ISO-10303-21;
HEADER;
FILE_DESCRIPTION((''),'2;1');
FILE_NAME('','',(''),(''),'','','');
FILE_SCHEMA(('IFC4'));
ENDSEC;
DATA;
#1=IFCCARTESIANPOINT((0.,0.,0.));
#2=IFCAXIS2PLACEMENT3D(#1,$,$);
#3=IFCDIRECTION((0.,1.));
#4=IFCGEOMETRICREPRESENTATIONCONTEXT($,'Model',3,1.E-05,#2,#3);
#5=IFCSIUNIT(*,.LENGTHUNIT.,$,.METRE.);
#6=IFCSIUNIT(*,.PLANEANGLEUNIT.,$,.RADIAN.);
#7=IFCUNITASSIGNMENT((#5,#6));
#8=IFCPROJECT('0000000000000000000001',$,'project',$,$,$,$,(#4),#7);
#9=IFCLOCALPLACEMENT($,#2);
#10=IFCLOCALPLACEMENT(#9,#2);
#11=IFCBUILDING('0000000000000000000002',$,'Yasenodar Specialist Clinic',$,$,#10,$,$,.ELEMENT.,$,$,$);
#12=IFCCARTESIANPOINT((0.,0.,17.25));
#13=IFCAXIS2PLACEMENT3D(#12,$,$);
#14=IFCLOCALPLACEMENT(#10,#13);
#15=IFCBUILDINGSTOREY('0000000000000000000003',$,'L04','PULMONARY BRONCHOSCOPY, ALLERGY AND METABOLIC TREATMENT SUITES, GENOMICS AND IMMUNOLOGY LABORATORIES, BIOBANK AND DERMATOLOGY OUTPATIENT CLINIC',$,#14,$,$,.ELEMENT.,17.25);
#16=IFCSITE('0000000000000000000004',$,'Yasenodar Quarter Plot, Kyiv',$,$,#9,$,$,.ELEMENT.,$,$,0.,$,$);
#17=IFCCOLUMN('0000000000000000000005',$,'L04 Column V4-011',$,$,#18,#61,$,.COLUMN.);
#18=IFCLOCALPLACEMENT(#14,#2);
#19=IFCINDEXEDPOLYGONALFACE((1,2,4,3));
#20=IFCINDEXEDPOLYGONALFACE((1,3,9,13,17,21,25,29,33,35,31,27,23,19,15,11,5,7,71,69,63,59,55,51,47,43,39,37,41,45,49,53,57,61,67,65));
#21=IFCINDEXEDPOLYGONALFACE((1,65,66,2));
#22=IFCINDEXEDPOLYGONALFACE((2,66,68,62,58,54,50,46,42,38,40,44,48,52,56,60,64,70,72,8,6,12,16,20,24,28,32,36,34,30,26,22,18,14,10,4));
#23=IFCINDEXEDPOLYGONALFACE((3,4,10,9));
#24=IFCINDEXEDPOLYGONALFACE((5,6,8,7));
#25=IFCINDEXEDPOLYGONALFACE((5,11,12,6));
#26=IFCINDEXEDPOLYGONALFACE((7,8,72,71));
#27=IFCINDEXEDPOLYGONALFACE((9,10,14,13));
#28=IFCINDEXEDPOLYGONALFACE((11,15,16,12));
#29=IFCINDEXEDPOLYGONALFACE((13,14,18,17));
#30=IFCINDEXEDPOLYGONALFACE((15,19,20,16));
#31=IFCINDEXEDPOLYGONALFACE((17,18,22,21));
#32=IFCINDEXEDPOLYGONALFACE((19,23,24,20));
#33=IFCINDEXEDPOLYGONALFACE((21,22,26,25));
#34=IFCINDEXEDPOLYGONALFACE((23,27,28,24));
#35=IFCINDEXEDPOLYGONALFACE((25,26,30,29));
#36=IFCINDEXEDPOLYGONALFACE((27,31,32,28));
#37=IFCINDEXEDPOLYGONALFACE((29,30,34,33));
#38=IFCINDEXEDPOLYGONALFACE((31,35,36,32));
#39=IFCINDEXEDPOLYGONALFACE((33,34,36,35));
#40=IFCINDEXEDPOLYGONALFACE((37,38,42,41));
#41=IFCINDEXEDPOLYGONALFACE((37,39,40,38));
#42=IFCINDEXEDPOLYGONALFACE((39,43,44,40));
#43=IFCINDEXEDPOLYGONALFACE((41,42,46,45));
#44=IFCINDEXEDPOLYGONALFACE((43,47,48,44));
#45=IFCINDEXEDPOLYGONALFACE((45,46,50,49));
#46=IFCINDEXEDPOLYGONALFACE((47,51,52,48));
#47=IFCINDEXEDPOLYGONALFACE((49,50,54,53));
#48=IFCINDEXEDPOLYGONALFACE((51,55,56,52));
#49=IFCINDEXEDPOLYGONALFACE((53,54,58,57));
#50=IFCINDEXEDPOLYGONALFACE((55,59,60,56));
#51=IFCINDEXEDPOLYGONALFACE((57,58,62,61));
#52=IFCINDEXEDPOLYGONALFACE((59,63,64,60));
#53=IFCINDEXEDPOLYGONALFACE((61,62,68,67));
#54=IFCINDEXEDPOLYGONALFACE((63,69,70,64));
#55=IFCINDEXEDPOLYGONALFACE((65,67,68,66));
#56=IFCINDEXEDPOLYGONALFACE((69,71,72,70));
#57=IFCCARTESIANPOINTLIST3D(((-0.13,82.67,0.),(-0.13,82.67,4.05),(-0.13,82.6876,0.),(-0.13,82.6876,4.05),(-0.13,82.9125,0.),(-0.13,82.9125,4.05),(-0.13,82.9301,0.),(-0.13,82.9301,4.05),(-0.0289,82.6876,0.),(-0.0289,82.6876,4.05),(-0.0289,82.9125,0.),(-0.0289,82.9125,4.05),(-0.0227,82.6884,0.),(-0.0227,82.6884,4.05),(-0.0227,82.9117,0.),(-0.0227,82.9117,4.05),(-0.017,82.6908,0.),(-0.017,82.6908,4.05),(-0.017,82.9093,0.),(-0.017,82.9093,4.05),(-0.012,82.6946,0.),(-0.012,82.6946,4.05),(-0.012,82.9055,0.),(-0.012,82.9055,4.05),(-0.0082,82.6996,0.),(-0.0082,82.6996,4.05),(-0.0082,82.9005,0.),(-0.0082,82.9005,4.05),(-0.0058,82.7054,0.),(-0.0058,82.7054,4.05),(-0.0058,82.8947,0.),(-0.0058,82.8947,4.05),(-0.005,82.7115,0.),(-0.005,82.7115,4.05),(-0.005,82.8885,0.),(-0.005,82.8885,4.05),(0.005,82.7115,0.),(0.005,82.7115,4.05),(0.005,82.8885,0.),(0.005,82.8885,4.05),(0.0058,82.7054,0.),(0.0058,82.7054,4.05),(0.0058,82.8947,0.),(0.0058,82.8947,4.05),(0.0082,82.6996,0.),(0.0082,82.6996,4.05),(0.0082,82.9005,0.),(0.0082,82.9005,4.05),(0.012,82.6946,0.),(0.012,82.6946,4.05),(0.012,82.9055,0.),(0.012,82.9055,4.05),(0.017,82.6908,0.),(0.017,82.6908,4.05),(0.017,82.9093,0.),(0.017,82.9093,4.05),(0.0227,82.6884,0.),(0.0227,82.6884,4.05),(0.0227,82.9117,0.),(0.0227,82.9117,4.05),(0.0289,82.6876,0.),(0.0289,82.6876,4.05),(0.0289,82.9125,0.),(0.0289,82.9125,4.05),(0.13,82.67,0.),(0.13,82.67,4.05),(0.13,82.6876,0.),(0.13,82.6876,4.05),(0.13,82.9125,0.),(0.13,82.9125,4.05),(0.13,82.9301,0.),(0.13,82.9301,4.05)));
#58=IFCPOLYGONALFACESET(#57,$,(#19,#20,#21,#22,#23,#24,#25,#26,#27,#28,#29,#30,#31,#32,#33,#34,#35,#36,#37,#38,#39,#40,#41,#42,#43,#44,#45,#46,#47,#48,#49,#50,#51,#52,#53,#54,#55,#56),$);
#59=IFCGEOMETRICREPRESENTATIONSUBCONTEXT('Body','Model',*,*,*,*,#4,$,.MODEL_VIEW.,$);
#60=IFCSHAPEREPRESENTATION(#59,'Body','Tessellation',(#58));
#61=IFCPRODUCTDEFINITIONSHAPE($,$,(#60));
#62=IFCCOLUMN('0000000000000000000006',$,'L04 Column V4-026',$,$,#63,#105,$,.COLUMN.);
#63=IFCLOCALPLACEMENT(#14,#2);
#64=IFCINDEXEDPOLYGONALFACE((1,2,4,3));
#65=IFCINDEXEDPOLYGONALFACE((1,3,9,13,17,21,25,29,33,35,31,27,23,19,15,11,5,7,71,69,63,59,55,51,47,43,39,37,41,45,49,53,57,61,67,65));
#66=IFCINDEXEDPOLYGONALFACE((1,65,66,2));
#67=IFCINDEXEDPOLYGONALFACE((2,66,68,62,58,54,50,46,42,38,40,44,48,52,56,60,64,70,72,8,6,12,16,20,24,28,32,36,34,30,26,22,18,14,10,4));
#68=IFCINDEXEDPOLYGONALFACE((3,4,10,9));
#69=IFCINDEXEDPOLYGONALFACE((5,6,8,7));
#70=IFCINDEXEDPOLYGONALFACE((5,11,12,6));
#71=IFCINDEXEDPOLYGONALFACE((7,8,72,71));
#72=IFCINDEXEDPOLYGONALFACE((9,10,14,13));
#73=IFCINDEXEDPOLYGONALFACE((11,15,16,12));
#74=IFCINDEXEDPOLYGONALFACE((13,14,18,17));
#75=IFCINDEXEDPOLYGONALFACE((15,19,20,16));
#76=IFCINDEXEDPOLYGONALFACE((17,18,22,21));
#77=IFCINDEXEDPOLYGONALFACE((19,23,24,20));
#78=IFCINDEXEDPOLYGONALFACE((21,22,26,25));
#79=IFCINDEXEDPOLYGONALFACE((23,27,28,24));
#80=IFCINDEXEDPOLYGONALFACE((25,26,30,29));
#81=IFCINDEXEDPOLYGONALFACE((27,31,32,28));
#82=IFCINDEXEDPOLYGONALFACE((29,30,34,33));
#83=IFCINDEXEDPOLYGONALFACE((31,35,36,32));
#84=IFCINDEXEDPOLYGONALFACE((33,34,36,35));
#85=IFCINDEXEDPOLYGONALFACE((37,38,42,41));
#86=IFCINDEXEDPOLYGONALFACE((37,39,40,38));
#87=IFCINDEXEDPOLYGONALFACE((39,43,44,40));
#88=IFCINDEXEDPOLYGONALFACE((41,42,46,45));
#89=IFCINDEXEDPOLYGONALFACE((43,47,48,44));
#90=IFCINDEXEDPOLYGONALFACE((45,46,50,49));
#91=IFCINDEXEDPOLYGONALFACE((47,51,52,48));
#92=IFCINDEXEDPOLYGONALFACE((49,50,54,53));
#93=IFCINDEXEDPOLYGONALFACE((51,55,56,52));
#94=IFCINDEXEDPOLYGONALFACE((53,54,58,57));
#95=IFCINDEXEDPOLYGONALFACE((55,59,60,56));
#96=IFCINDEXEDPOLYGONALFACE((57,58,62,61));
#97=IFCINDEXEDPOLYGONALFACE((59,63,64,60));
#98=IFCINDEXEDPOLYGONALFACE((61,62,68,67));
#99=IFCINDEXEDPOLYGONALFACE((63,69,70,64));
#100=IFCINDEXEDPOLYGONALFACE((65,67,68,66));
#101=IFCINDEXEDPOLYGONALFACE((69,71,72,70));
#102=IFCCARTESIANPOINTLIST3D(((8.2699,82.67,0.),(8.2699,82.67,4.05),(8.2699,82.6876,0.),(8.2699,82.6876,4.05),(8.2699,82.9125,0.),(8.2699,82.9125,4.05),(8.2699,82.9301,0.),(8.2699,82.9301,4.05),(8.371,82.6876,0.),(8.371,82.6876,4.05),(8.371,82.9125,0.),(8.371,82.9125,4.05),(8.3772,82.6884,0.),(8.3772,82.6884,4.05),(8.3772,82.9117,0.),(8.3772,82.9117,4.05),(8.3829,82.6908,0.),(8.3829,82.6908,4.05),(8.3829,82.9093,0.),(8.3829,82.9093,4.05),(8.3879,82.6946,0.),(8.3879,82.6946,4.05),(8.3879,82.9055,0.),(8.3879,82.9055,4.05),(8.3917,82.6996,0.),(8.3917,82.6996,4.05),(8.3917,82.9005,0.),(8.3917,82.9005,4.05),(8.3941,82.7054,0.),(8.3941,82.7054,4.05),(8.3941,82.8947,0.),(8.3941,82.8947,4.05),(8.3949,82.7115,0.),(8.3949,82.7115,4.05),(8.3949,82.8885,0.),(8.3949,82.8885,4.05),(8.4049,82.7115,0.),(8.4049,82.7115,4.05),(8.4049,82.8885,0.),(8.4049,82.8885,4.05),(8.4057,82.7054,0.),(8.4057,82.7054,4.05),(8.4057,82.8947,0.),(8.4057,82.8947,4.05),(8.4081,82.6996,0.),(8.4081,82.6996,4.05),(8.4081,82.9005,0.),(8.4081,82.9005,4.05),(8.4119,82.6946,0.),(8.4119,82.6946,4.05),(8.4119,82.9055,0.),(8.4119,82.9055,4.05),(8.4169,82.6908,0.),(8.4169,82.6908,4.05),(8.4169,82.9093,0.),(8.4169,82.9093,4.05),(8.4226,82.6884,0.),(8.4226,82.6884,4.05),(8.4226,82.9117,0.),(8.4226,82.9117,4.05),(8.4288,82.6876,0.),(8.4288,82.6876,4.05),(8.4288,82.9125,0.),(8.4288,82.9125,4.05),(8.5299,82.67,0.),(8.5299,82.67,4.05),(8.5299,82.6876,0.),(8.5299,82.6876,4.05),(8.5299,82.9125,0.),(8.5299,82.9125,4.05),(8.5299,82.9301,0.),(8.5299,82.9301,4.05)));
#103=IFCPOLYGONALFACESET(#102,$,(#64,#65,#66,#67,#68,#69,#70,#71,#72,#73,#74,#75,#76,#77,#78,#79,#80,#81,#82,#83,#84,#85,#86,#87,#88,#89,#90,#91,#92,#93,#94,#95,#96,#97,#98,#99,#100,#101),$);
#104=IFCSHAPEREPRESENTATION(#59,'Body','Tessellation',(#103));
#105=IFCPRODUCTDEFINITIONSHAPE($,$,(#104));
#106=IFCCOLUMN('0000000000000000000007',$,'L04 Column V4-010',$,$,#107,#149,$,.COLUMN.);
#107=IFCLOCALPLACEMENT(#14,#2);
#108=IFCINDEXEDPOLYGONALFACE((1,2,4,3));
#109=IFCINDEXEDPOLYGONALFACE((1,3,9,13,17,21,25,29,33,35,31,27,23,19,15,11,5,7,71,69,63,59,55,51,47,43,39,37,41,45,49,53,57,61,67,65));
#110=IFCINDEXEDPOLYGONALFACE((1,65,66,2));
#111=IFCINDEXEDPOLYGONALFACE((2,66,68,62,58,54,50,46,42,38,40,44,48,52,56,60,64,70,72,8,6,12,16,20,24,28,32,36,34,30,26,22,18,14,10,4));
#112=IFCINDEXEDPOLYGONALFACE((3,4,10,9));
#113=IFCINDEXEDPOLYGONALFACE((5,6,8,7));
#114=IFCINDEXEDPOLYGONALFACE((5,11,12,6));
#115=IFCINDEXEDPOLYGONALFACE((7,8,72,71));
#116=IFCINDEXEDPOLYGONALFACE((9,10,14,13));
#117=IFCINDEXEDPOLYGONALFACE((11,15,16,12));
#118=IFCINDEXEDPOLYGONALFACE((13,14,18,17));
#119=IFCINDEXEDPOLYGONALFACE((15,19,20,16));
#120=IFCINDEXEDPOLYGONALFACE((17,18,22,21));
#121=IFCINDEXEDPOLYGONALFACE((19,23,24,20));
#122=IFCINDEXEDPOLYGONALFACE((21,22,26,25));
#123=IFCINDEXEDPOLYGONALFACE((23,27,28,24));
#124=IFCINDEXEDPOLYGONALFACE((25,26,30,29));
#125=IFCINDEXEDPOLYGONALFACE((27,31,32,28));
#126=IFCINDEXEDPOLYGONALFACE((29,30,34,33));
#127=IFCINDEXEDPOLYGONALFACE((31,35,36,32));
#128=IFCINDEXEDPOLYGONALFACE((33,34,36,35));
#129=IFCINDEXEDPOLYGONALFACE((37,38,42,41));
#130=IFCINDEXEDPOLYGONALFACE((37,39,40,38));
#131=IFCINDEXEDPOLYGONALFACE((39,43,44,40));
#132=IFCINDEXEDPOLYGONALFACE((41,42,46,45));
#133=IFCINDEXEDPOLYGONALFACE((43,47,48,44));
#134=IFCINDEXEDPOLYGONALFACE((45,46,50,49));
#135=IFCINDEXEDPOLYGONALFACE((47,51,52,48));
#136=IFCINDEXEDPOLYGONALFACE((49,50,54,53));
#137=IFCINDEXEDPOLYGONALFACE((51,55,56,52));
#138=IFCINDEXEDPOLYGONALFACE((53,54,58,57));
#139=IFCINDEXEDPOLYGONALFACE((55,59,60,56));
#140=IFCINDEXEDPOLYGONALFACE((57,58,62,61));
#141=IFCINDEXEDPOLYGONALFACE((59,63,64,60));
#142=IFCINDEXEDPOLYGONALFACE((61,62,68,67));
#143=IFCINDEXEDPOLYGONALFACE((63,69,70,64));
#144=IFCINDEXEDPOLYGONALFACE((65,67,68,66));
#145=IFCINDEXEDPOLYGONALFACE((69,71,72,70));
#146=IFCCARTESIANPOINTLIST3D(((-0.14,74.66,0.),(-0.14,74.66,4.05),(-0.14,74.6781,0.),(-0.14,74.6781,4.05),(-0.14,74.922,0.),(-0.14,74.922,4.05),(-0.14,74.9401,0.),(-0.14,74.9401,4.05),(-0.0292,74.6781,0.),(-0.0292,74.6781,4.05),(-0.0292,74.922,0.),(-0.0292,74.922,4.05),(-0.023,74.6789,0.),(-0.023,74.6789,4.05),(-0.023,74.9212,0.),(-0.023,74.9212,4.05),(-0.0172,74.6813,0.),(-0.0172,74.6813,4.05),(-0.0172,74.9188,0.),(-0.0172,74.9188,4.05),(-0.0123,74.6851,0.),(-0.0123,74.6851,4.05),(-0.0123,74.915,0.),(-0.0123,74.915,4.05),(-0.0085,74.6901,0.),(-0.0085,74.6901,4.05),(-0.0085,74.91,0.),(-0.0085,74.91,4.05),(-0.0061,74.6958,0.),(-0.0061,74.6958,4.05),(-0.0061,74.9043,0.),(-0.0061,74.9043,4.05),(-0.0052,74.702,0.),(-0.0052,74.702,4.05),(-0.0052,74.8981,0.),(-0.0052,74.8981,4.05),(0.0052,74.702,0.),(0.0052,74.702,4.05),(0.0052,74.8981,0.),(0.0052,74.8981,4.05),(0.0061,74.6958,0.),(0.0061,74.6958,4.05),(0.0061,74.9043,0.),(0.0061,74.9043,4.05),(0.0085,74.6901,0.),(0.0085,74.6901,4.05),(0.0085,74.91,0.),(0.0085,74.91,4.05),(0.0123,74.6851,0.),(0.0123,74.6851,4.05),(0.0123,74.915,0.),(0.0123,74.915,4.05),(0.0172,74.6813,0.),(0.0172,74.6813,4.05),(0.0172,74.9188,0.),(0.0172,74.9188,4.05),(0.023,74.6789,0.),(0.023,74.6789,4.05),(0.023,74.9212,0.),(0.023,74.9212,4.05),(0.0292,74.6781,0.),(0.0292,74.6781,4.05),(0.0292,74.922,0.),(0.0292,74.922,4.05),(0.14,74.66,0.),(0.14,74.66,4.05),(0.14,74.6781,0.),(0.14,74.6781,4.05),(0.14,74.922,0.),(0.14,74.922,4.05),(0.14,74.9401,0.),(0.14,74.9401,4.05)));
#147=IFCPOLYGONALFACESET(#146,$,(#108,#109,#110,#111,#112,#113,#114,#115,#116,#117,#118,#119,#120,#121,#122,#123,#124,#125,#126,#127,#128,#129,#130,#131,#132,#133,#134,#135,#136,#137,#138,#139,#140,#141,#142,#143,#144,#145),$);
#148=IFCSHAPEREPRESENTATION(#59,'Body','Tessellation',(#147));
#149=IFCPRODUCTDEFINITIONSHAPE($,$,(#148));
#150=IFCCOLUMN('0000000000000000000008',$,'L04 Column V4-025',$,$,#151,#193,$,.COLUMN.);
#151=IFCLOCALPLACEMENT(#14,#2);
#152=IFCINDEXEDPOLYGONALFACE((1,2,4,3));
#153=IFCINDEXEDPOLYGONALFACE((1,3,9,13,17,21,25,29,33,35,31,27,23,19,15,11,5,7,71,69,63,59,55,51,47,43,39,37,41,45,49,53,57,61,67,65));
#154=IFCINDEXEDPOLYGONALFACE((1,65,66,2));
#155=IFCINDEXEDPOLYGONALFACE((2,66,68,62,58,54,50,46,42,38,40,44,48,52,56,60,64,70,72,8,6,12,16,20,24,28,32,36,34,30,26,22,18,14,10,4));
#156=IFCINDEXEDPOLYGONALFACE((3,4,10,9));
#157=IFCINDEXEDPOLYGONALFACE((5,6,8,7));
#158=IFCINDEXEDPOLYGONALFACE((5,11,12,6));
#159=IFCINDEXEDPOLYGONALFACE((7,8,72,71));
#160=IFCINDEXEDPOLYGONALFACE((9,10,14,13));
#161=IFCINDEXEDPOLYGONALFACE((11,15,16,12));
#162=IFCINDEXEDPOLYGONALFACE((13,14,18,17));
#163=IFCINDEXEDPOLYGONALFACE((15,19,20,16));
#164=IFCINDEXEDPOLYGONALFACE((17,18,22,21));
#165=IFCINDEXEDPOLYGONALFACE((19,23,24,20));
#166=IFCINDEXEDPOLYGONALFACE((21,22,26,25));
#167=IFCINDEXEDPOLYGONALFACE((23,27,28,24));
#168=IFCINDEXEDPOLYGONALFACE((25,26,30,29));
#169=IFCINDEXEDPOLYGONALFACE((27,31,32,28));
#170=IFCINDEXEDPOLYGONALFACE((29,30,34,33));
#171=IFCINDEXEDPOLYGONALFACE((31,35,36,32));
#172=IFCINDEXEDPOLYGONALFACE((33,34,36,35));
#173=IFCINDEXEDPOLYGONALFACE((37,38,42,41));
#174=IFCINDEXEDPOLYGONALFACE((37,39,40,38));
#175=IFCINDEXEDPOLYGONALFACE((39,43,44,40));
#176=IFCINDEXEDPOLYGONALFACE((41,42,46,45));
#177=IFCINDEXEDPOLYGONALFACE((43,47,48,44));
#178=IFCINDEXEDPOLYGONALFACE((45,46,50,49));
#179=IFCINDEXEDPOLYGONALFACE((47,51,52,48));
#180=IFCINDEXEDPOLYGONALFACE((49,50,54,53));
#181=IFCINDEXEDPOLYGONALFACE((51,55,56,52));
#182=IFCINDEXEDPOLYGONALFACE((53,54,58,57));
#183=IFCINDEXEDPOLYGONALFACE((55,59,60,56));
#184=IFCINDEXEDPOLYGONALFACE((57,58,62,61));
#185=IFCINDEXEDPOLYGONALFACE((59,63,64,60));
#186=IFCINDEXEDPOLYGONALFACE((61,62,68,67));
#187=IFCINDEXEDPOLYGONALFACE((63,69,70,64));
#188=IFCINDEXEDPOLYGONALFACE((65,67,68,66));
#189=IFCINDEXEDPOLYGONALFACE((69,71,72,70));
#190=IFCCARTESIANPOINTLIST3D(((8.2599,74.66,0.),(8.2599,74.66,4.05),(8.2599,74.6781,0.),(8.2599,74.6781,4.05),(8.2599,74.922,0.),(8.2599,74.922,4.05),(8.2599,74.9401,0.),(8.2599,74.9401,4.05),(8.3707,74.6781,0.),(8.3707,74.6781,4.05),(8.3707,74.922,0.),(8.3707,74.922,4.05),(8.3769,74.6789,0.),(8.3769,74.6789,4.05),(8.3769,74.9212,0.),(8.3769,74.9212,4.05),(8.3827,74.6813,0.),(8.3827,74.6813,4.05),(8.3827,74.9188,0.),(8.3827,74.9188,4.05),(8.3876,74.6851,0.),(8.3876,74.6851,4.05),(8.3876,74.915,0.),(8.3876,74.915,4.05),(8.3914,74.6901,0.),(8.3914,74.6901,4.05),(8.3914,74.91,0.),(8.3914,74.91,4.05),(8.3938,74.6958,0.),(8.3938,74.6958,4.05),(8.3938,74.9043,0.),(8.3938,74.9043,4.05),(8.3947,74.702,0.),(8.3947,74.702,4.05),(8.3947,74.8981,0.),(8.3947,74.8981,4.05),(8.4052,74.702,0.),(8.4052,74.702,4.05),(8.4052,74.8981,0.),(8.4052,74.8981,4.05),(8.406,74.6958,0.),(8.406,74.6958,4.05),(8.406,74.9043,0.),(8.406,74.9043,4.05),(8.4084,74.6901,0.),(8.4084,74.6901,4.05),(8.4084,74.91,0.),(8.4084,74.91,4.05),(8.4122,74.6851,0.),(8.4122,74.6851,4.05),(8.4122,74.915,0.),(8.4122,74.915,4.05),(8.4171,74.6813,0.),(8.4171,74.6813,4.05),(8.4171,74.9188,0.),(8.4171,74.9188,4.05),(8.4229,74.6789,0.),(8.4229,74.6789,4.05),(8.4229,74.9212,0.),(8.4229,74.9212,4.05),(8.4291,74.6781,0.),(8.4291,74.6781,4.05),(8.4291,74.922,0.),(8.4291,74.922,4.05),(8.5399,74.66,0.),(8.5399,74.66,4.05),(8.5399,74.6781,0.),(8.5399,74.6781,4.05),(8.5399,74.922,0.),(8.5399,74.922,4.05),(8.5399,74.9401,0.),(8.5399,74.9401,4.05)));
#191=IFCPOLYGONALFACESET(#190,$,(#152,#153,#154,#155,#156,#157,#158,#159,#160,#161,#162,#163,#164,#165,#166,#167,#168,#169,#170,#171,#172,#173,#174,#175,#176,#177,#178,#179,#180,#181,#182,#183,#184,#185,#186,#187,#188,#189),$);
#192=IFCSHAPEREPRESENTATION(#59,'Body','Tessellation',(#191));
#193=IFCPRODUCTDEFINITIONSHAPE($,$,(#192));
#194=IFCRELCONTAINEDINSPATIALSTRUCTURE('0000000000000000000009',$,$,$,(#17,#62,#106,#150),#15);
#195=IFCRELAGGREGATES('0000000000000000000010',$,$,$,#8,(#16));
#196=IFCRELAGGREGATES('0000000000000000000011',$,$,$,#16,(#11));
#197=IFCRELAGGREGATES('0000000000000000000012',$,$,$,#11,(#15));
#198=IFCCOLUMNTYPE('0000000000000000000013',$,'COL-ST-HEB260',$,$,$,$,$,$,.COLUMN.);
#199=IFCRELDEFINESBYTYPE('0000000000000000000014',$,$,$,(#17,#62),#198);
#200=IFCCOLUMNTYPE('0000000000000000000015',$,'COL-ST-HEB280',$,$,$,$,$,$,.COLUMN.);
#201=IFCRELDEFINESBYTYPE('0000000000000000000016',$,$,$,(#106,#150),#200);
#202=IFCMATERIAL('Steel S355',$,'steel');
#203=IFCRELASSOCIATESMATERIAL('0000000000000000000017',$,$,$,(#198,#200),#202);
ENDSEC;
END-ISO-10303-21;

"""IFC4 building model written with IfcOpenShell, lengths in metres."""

from ifc_helpers import new_model, si_unit, direction, frame, origin, origin_2d, place, context, subcontext, project, spatial, i_section, extrude, material, material_profile, profile_set, type_object, element, save


model = new_model("IFC4")

# Units and contexts
model_context = context("Model", 3, precision=1e-05, world=origin(), true_north=direction((0.0, 1.0)))
body_context = subcontext(model_context, "Body", "Model", "MODEL_VIEW")
ifc_project = project(units=[si_unit("LENGTHUNIT", "METRE"), si_unit("PLANEANGLEUNIT", "RADIAN")], contexts=[model_context])

# Site, building, storey
site_placement = place(None, origin())
site = spatial("IfcSite", under=ifc_project, at=site_placement, Name="Yasenodar Quarter Plot, Kyiv", CompositionType="ELEMENT", RefElevation=0.0)
building_placement = place(site_placement, origin())
building = spatial("IfcBuilding", under=site, at=building_placement, Name="Yasenodar Specialist Clinic", CompositionType="ELEMENT")
storey_placement = place(building_placement, frame((0.0, 0.0, 17.25)))
storey = spatial("IfcBuildingStorey", under=building, at=storey_placement, Name="L04", Description="PULMONARY BRONCHOSCOPY, ALLERGY AND METABOLIC TREATMENT SUITES, GENOMICS AND IMMUNOLOGY LABORATORIES, BIOBANK AND DERMATOLOGY OUTPATIENT CLINIC", CompositionType="ELEMENT", Elevation=17.25)

# Columns
ifc_material_1 = material(Name="Steel S355", Category="steel")
ifc_material_profile_1 = material_profile(ifc_material_1, i_section(OverallWidth=0.26, OverallDepth=0.26, WebThickness=0.01, FlangeThickness=0.0176, FilletRadius=0.0239, at=origin_2d()), Name="HEB 260")
ifc_profile_set_1 = profile_set([ifc_material_profile_1], Name="Steel S355")
column_type_1 = type_object("IfcColumnType", Name="COL-ST-HEB260", PredefinedType="COLUMN", material=ifc_profile_set_1)
for number, where, z_axis, x_axis, name in (
    (1, (0.0, 82.8, 0.0), (0.0, 0.0, 1.0), (1.0, 0.0, 0.0), "L04 Column V4-011"),
    (2, (8.3999, 82.8, 0.0), (0.0, 0.0, 1.0), (1.0, 0.0, 0.0), "L04 Column V4-026"),
):
    element("IfcColumn", number, at=place(storey_placement, frame(where, z_axis=z_axis, x_axis=x_axis)), inside=storey, type_object=column_type_1, Name=name, PredefinedType="COLUMN", context=body_context, shape_type="SweptSolid", body=[
        extrude(i_section(OverallWidth=0.26, OverallDepth=0.26, WebThickness=0.01, FlangeThickness=0.0176, FilletRadius=0.0239, at=origin_2d()), origin(), (0.0, 0.0, 1.0), 4.05),
    ])
ifc_material_profile_2 = material_profile(ifc_material_1, i_section(OverallWidth=0.28, OverallDepth=0.28, WebThickness=0.0105, FlangeThickness=0.0181, FilletRadius=0.0239, at=origin_2d()), Name="HEB 280")
ifc_profile_set_2 = profile_set([ifc_material_profile_2], Name="Steel S355")
column_type_2 = type_object("IfcColumnType", Name="COL-ST-HEB280", PredefinedType="COLUMN", material=ifc_profile_set_2)
for number, where, z_axis, x_axis, name in (
    (3, (0.0, 74.8, 0.0), (0.0, 0.0, 1.0), (1.0, 0.0, 0.0), "L04 Column V4-010"),
    (4, (8.3999, 74.8, 0.0), (0.0, 0.0, 1.0), (1.0, 0.0, 0.0), "L04 Column V4-025"),
):
    element("IfcColumn", number, at=place(storey_placement, frame(where, z_axis=z_axis, x_axis=x_axis)), inside=storey, type_object=column_type_2, Name=name, PredefinedType="COLUMN", context=body_context, shape_type="SweptSolid", body=[
        extrude(i_section(OverallWidth=0.28, OverallDepth=0.28, WebThickness=0.0105, FlangeThickness=0.0181, FilletRadius=0.0239, at=origin_2d()), origin(), (0.0, 0.0, 1.0), 4.05),
    ])

save(model, "model.ifc")
